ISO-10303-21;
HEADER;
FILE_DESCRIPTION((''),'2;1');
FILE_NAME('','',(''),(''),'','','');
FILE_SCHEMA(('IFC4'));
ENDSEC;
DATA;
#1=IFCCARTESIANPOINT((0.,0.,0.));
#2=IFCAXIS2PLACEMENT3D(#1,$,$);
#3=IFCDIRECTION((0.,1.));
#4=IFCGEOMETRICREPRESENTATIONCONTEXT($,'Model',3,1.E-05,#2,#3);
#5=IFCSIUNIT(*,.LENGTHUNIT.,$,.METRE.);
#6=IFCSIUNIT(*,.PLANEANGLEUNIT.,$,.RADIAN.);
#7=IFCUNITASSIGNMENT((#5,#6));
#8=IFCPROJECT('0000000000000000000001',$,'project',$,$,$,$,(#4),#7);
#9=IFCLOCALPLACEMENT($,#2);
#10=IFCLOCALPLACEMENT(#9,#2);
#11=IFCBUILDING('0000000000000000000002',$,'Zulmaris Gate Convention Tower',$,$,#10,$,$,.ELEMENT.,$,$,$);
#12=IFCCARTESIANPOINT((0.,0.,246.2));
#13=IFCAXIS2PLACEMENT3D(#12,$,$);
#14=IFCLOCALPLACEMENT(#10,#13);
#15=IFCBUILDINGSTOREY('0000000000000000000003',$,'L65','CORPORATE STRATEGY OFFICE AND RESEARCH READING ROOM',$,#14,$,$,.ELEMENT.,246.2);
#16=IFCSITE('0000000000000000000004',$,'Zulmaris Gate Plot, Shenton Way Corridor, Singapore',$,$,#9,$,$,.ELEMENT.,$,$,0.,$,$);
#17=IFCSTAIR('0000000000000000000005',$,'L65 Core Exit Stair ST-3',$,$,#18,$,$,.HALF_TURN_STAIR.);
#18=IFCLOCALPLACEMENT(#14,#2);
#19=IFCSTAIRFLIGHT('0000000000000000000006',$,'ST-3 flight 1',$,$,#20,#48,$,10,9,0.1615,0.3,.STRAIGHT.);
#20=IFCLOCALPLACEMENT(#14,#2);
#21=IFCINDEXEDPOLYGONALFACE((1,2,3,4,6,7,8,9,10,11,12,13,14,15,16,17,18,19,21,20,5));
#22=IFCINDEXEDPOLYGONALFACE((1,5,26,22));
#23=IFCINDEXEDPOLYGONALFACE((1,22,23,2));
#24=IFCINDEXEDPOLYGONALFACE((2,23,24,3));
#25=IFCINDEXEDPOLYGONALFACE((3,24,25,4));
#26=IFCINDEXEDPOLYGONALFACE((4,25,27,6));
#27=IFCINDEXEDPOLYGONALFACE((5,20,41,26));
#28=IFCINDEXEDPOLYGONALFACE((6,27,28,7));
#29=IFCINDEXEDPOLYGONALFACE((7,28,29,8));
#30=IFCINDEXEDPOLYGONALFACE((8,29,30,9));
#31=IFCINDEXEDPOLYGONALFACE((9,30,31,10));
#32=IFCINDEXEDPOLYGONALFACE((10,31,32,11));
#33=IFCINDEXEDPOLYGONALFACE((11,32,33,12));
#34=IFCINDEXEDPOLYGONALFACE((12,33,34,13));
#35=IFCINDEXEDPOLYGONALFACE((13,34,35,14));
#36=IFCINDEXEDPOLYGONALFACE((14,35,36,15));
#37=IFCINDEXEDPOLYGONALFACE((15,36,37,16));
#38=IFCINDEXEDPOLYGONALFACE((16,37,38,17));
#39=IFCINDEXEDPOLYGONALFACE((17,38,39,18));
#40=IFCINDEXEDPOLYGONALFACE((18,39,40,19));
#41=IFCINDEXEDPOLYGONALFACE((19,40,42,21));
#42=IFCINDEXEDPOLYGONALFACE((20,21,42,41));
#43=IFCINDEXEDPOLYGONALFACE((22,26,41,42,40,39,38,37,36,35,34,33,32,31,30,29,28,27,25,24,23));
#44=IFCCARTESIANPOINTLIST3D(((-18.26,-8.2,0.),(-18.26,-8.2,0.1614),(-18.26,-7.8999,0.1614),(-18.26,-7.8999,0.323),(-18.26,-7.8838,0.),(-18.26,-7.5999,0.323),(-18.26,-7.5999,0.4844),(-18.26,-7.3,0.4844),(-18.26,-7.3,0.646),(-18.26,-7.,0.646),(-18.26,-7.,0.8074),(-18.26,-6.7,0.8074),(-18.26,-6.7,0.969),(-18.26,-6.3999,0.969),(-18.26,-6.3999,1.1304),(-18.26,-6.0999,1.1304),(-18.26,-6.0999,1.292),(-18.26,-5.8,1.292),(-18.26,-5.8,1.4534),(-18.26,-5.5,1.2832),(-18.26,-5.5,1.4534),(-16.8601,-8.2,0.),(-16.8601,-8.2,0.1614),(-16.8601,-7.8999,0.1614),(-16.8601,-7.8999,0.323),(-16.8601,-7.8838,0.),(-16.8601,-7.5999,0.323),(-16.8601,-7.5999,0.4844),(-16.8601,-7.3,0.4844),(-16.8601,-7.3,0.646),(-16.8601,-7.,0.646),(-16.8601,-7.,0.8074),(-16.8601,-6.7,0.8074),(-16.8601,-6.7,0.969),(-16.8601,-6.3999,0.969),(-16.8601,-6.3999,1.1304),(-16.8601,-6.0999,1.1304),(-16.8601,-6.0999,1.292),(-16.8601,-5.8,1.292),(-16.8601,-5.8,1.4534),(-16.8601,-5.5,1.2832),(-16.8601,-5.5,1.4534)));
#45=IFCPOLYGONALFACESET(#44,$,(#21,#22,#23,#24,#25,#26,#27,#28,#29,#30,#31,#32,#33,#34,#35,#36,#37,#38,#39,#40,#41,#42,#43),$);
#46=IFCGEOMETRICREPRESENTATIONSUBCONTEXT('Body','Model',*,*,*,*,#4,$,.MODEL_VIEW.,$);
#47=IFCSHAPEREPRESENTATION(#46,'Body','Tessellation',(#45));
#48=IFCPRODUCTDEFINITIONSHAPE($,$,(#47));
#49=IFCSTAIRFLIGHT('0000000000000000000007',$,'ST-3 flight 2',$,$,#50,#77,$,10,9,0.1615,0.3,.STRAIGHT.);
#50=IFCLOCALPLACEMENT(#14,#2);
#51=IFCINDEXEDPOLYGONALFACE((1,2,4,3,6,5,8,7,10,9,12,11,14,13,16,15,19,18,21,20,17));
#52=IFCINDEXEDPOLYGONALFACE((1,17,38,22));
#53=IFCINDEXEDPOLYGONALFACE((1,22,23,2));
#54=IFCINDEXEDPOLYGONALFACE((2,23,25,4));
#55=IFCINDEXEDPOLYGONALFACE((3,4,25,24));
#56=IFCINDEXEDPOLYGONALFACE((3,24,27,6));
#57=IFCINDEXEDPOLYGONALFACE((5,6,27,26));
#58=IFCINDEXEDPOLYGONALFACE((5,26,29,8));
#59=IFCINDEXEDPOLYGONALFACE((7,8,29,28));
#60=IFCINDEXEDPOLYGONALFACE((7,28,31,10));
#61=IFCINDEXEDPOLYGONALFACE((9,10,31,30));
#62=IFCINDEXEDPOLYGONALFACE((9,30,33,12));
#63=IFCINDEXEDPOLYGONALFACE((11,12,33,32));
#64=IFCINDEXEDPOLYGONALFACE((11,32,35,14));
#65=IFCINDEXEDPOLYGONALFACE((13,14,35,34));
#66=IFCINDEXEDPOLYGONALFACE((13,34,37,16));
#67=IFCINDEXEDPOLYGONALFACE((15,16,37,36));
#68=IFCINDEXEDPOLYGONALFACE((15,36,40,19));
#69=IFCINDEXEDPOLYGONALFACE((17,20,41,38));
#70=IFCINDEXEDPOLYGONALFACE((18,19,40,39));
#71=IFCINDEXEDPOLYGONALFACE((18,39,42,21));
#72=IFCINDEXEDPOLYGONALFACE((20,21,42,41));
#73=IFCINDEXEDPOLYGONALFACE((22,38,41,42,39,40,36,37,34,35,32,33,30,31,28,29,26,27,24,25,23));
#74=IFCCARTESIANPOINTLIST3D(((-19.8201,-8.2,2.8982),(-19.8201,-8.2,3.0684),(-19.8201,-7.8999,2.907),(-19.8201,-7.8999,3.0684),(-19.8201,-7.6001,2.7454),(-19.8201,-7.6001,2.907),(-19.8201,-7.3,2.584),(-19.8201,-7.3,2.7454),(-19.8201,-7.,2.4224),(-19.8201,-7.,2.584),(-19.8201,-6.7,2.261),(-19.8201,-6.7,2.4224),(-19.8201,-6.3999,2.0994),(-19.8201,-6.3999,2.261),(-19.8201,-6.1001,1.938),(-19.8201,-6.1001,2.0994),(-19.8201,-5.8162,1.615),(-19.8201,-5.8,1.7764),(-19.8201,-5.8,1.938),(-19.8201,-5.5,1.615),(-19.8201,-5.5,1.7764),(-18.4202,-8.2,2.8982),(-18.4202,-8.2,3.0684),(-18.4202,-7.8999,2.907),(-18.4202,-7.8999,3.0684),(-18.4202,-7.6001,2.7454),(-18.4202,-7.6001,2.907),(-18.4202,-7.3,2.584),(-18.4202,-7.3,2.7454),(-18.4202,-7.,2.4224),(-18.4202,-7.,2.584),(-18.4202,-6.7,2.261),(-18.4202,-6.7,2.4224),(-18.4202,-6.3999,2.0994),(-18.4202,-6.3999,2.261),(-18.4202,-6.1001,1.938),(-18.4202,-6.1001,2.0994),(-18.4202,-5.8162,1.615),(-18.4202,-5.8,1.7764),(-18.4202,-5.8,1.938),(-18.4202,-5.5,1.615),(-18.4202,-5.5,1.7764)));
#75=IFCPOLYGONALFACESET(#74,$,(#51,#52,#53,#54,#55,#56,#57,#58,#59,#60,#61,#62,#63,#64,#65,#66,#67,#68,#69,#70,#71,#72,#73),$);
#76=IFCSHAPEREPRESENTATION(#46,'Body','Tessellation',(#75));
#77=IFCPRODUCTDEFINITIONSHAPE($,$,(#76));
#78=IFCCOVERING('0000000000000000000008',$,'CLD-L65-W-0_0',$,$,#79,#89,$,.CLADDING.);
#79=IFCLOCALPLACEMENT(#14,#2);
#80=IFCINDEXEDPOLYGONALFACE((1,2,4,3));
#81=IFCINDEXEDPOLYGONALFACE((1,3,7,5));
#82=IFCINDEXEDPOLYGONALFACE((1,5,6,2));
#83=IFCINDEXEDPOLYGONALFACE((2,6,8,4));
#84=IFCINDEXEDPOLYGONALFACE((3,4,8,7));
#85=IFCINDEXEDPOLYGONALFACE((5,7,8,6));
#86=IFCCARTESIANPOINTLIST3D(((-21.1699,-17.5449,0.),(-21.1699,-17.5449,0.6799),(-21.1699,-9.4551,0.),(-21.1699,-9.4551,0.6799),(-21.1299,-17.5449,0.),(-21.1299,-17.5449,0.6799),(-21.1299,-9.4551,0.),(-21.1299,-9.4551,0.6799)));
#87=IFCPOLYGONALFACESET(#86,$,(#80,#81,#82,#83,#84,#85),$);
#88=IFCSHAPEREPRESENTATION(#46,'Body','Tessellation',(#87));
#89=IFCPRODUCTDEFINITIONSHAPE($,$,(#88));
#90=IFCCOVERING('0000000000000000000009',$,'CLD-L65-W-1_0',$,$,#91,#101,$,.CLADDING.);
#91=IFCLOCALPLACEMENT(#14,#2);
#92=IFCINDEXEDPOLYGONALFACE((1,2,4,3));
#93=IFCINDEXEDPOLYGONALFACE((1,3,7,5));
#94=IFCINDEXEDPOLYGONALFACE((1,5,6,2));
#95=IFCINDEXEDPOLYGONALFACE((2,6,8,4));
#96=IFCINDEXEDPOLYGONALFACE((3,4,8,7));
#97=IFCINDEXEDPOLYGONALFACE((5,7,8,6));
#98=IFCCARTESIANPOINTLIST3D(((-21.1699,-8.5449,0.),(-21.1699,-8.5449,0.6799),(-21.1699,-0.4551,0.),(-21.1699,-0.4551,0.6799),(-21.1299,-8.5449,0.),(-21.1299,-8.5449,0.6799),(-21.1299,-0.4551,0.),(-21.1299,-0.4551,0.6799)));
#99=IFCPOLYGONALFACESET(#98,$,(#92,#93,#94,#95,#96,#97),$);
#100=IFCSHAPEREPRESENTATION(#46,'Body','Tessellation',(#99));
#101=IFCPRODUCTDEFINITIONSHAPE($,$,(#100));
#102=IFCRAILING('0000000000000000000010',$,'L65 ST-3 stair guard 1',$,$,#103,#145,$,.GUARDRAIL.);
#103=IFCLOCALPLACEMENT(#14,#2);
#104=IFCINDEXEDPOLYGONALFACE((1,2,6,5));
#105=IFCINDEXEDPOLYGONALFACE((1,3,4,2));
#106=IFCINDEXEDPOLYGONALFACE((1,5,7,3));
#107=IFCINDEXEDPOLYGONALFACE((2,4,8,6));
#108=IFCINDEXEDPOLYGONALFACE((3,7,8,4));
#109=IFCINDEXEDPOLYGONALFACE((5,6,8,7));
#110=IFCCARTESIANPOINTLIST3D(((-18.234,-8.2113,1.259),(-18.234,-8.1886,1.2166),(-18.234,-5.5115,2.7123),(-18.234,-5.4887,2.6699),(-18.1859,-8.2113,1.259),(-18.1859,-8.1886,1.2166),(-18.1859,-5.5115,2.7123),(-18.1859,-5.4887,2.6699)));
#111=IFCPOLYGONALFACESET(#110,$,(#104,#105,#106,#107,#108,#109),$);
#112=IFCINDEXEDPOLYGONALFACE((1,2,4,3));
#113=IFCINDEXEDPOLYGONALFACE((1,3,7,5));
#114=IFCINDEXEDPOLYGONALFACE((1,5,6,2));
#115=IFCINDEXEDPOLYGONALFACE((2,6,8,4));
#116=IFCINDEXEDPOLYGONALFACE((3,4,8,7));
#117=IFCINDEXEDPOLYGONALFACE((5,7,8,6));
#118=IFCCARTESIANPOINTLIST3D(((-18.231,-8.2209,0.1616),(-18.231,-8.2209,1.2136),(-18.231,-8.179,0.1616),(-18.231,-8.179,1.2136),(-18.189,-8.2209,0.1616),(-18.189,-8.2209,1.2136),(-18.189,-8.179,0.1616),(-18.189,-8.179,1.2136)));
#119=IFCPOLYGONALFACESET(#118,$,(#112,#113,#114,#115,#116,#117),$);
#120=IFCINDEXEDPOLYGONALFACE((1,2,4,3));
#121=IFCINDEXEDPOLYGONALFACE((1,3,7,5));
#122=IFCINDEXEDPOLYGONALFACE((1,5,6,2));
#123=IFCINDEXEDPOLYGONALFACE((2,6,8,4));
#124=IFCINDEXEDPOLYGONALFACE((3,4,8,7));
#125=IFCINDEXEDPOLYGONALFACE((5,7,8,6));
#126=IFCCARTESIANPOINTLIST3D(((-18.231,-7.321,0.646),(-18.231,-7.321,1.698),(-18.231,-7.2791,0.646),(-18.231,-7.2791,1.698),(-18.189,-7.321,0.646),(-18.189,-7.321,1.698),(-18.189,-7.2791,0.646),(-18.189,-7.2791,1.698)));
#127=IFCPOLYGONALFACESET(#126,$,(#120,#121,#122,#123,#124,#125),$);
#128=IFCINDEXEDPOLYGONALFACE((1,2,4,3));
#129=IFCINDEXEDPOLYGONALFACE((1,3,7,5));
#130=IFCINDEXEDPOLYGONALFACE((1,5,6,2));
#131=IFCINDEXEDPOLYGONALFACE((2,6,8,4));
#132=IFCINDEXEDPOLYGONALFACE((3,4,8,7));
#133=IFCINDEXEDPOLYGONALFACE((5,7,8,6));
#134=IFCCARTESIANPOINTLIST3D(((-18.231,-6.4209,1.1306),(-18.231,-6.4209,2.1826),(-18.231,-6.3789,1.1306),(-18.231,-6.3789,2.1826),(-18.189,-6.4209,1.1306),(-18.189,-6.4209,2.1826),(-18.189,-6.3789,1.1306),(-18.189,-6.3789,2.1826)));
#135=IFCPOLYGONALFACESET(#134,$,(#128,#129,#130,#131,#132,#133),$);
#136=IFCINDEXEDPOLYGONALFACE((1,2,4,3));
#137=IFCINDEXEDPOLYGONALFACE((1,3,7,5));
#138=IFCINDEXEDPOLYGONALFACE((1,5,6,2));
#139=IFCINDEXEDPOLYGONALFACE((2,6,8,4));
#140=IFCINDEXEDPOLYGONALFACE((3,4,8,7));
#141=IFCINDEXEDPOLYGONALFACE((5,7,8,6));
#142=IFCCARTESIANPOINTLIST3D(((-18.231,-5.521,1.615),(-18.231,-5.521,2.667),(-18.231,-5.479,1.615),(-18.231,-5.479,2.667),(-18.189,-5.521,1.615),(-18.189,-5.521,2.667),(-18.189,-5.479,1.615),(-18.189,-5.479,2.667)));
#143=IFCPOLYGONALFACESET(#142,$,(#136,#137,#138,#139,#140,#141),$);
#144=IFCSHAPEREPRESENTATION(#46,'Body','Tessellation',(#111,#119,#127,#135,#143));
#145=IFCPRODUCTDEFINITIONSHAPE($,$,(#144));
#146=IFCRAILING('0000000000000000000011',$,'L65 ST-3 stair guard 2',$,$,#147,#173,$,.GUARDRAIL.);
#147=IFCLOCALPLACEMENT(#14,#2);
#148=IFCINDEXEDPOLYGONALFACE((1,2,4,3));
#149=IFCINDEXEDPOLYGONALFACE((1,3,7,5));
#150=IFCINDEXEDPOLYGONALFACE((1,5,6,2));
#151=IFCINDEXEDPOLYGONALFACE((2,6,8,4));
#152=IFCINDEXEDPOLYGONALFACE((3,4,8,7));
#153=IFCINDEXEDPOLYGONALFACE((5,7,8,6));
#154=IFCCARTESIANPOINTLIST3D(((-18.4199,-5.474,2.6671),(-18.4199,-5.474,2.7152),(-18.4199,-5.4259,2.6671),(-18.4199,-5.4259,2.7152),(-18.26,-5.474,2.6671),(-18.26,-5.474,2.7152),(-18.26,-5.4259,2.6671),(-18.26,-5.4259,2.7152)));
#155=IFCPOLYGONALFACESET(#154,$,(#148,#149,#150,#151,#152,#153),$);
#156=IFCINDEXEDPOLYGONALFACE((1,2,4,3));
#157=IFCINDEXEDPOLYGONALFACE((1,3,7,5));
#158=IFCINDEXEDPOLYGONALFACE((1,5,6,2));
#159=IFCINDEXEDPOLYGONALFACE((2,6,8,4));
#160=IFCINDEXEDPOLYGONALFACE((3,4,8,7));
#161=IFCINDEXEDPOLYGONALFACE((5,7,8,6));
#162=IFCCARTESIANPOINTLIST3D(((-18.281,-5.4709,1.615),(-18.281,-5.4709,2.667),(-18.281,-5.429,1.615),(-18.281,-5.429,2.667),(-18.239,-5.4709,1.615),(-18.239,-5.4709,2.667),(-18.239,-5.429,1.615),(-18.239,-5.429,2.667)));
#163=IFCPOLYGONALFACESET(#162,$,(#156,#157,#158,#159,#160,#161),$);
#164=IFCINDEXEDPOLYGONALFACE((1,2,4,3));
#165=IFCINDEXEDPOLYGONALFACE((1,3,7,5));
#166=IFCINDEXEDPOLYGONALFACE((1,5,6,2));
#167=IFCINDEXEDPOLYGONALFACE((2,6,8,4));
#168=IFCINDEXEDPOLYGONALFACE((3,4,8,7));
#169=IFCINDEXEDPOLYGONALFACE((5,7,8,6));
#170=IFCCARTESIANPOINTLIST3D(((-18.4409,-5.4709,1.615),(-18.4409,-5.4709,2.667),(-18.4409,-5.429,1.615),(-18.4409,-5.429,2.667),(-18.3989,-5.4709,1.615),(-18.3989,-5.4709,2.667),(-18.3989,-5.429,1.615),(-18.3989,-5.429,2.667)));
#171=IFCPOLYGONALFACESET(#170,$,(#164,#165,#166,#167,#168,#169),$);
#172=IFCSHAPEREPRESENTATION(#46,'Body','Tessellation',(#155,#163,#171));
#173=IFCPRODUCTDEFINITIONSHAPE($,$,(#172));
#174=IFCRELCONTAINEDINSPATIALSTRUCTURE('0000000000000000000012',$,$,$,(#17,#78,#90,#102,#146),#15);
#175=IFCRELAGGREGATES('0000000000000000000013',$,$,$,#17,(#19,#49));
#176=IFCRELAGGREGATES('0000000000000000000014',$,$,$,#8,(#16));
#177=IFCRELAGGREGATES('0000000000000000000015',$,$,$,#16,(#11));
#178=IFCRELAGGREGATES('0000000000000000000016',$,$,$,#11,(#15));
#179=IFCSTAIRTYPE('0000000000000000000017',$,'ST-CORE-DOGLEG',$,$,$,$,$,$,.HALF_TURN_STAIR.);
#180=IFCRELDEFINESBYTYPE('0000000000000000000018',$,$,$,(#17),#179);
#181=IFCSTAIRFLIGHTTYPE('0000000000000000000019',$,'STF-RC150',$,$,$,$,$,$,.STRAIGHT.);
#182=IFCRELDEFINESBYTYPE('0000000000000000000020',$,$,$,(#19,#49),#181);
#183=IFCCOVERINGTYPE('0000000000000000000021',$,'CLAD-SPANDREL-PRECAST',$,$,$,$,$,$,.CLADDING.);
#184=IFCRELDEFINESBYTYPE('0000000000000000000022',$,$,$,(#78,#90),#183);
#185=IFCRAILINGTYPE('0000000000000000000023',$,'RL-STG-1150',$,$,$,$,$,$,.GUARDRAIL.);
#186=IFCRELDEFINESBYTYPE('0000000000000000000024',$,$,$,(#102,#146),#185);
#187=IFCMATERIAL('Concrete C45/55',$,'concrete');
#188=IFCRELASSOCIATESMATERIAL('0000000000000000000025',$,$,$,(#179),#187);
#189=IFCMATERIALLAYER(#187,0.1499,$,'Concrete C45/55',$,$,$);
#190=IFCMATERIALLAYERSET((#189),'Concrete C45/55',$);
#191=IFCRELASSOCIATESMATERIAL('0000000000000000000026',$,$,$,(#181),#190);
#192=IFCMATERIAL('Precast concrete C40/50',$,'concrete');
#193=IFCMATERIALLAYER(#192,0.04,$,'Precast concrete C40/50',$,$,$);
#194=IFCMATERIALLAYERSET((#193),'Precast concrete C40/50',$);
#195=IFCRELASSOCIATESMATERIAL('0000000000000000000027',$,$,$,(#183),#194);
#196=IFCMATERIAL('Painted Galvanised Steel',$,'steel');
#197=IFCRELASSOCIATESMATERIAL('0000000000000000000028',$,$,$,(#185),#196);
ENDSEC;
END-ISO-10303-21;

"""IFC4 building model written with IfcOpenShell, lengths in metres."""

from ifc_helpers import new_model, si_unit, direction, frame, frame_2d, origin, origin_2d, place, context, subcontext, project, spatial, polyline, rectangle, outline, extrude, material, layer, layer_set, type_object, element, aggregate, save


model = new_model("IFC4")

# Units and contexts
model_context = context("Model", 3, precision=1e-05, world=origin(), true_north=direction((0.0, 1.0)))
body_context = subcontext(model_context, "Body", "Model", "MODEL_VIEW")
ifc_project = project(units=[si_unit("LENGTHUNIT", "METRE"), si_unit("PLANEANGLEUNIT", "RADIAN")], contexts=[model_context])

# Site, building, storey
site_placement = place(None, origin())
site = spatial("IfcSite", under=ifc_project, at=site_placement, Name="Zulmaris Gate Plot, Shenton Way Corridor, Singapore", CompositionType="ELEMENT", RefElevation=0.0)
building_placement = place(site_placement, origin())
building = spatial("IfcBuilding", under=site, at=building_placement, Name="Zulmaris Gate Convention Tower", CompositionType="ELEMENT")
storey_placement = place(building_placement, frame((0.0, 0.0, 246.2)))
storey = spatial("IfcBuildingStorey", under=building, at=storey_placement, Name="L65", Description="CORPORATE STRATEGY OFFICE AND RESEARCH READING ROOM", CompositionType="ELEMENT", Elevation=246.2)

# Shared definitions
ifc_material_1 = material(Name="Precast concrete C40/50", Category="concrete")

# Stair, stair flights
ifc_material_2 = material(Name="Concrete C45/55", Category="concrete")
stair_type = type_object("IfcStairType", Name="ST-CORE-DOGLEG", PredefinedType="HALF_TURN_STAIR", material=ifc_material_2)
stair_placement = place(storey_placement, origin())
stair = element("IfcStair", 1, at=stair_placement, inside=storey, type_object=stair_type, Name="L65 Core Exit Stair ST-3", PredefinedType="HALF_TURN_STAIR")
ifc_layer_1 = layer(ifc_material_2, 0.1499, Name="Concrete C45/55")
ifc_layer_set_1 = layer_set([ifc_layer_1], Name="Concrete C45/55")
stair_flight_type = type_object("IfcStairFlightType", Name="STF-RC150", PredefinedType="STRAIGHT", material=ifc_layer_set_1)
stair_flight_1_placement = place(storey_placement, frame((-17.5601, -8.2, 0.0), z_axis=(0.0, 0.0, 1.0), x_axis=(0.0, 1.0, 0.0)))
stair_flight_1 = element("IfcStairFlight", 2, at=stair_flight_1_placement, type_object=stair_flight_type, Name="ST-3 flight 1", NumberOfRisers=10, NumberOfTreads=9, PredefinedType="STRAIGHT", RiserHeight=0.1615, TreadLength=0.3, context=body_context, shape_type="SweptSolid", body=[
    extrude(outline(polyline([(0.0, 0.0), (0.0, 0.1614), (0.3, 0.1614), (0.3, 0.323), (0.6001, 0.323), (0.6001, 0.4844), (0.8999, 0.4844), (0.8999, 0.646), (1.2, 0.646), (1.2, 0.8074), (1.5, 0.8074), (1.5, 0.969), (1.8, 0.969), (1.8, 1.1304), (2.1001, 1.1304), (2.1001, 1.292), (2.3999, 1.292), (2.3999, 1.4534), (2.7, 1.4534), (2.7, 1.615), (2.7, 1.2832), (0.3162, 0.0), (0.0, 0.0)])), frame((0.0, 0.7, 0.0), z_axis=(0.0, -1.0, 0.0), x_axis=(1.0, 0.0, 0.0)), (0.0, 0.0, 1.0), 1.3999),
])
stair_flight_2_placement = place(storey_placement, frame((-19.1201, -5.5, 1.615), z_axis=(0.0, 0.0, 1.0), x_axis=(0.0, -1.0, 0.0)))
stair_flight_2 = element("IfcStairFlight", 3, at=stair_flight_2_placement, type_object=stair_flight_type, Name="ST-3 flight 2", NumberOfRisers=10, NumberOfTreads=9, PredefinedType="STRAIGHT", RiserHeight=0.1615, TreadLength=0.3, context=body_context, shape_type="SweptSolid", body=[
    extrude(outline(polyline([(0.0, 0.0), (0.0, 0.1614), (0.3, 0.1614), (0.3, 0.323), (0.6001, 0.323), (0.6001, 0.4844), (0.8999, 0.4844), (0.8999, 0.646), (1.2, 0.646), (1.2, 0.8074), (1.5, 0.8074), (1.5, 0.969), (1.8, 0.969), (1.8, 1.1304), (2.1001, 1.1304), (2.1001, 1.292), (2.3999, 1.292), (2.3999, 1.4534), (2.7, 1.4534), (2.7, 1.615), (2.7, 1.2832), (0.3162, 0.0), (0.0, 0.0)])), frame((0.0, 0.7, 0.0), z_axis=(0.0, -1.0, 0.0), x_axis=(1.0, 0.0, 0.0)), (0.0, 0.0, 1.0), 1.3999),
])
aggregate(stair, [stair_flight_1, stair_flight_2])

# Coverings
ifc_layer_2 = layer(ifc_material_1, 0.04, Name="Precast concrete C40/50")
ifc_layer_set_2 = layer_set([ifc_layer_2], Name="Precast concrete C40/50")
covering_type = type_object("IfcCoveringType", Name="CLAD-SPANDREL-PRECAST", PredefinedType="CLADDING", material=ifc_layer_set_2)
for number, where, z_axis, x_axis, name in (
    (4, (-21.1499, -9.4551, 0.0), (0.0, 0.0, 1.0), (0.0, -1.0, 0.0), "CLD-L65-W-0_0"),
    (5, (-21.1499, -0.4551, 0.0), (0.0, 0.0, 1.0), (0.0, -1.0, 0.0), "CLD-L65-W-1_0"),
):
    element("IfcCovering", number, at=place(storey_placement, frame(where, z_axis=z_axis, x_axis=x_axis)), inside=storey, type_object=covering_type, Name=name, PredefinedType="CLADDING", context=body_context, shape_type="SweptSolid", body=[
        extrude(rectangle(XDim=8.0898, YDim=0.04, at=frame_2d((4.0449, 0.0))), origin(), (0.0, 0.0, 1.0), 0.6799),
    ])

# Railings
ifc_material_3 = material(Name="Painted Galvanised Steel", Category="steel")
railing_type_1 = type_object("IfcRailingType", Name="RL-STG-1150", PredefinedType="GUARDRAIL", material=ifc_material_3)
railing_1_placement = place(storey_placement, frame((-18.21, -8.2, 0.1616)))
element("IfcRailing", 6, at=railing_1_placement, inside=storey, type_object=railing_type_1, Name="L65 ST-3 stair guard 1", PredefinedType="GUARDRAIL", context=body_context, shape_type="SweptSolid", body=[
    extrude(rectangle(XDim=0.0481, YDim=0.0481, at=origin_2d()), frame((0.0, 0.0, 1.0762), z_axis=(0.0, 0.880532, 0.473986), x_axis=(-1.0, 0.0, 0.0)), (0.0, 0.0, 1.0), 3.0662),
    extrude(rectangle(XDim=0.042, YDim=0.042, at=origin_2d()), origin(), (0.0, 0.0, 1.0), 1.052),
    extrude(rectangle(XDim=0.042, YDim=0.042, at=origin_2d()), frame((0.0, 0.8999, 0.4844)), (0.0, 0.0, 1.0), 1.052),
    extrude(rectangle(XDim=0.042, YDim=0.042, at=origin_2d()), frame((0.0, 1.8, 0.969)), (0.0, 0.0, 1.0), 1.052),
    extrude(rectangle(XDim=0.042, YDim=0.042, at=origin_2d()), frame((0.0, 2.7, 1.4534)), (0.0, 0.0, 1.0), 1.052),
])
railing_2_placement = place(storey_placement, frame((-18.26, -5.45, 1.615)))
element("IfcRailing", 7, at=railing_2_placement, inside=storey, type_object=railing_type_1, Name="L65 ST-3 stair guard 2", PredefinedType="GUARDRAIL", context=body_context, shape_type="SweptSolid", body=[
    extrude(rectangle(XDim=0.0481, YDim=0.0481, at=origin_2d()), frame((0.0, 0.0, 1.0762), z_axis=(-1.0, 0.0, 0.0), x_axis=(0.0, -1.0, 0.0)), (0.0, 0.0, 1.0), 0.1599),
    extrude(rectangle(XDim=0.042, YDim=0.042, at=origin_2d()), origin(), (0.0, 0.0, 1.0), 1.052),
    extrude(rectangle(XDim=0.042, YDim=0.042, at=origin_2d()), frame((-0.1599, 0.0, 0.0)), (0.0, 0.0, 1.0), 1.052),
])

save(model, "model.ifc")
